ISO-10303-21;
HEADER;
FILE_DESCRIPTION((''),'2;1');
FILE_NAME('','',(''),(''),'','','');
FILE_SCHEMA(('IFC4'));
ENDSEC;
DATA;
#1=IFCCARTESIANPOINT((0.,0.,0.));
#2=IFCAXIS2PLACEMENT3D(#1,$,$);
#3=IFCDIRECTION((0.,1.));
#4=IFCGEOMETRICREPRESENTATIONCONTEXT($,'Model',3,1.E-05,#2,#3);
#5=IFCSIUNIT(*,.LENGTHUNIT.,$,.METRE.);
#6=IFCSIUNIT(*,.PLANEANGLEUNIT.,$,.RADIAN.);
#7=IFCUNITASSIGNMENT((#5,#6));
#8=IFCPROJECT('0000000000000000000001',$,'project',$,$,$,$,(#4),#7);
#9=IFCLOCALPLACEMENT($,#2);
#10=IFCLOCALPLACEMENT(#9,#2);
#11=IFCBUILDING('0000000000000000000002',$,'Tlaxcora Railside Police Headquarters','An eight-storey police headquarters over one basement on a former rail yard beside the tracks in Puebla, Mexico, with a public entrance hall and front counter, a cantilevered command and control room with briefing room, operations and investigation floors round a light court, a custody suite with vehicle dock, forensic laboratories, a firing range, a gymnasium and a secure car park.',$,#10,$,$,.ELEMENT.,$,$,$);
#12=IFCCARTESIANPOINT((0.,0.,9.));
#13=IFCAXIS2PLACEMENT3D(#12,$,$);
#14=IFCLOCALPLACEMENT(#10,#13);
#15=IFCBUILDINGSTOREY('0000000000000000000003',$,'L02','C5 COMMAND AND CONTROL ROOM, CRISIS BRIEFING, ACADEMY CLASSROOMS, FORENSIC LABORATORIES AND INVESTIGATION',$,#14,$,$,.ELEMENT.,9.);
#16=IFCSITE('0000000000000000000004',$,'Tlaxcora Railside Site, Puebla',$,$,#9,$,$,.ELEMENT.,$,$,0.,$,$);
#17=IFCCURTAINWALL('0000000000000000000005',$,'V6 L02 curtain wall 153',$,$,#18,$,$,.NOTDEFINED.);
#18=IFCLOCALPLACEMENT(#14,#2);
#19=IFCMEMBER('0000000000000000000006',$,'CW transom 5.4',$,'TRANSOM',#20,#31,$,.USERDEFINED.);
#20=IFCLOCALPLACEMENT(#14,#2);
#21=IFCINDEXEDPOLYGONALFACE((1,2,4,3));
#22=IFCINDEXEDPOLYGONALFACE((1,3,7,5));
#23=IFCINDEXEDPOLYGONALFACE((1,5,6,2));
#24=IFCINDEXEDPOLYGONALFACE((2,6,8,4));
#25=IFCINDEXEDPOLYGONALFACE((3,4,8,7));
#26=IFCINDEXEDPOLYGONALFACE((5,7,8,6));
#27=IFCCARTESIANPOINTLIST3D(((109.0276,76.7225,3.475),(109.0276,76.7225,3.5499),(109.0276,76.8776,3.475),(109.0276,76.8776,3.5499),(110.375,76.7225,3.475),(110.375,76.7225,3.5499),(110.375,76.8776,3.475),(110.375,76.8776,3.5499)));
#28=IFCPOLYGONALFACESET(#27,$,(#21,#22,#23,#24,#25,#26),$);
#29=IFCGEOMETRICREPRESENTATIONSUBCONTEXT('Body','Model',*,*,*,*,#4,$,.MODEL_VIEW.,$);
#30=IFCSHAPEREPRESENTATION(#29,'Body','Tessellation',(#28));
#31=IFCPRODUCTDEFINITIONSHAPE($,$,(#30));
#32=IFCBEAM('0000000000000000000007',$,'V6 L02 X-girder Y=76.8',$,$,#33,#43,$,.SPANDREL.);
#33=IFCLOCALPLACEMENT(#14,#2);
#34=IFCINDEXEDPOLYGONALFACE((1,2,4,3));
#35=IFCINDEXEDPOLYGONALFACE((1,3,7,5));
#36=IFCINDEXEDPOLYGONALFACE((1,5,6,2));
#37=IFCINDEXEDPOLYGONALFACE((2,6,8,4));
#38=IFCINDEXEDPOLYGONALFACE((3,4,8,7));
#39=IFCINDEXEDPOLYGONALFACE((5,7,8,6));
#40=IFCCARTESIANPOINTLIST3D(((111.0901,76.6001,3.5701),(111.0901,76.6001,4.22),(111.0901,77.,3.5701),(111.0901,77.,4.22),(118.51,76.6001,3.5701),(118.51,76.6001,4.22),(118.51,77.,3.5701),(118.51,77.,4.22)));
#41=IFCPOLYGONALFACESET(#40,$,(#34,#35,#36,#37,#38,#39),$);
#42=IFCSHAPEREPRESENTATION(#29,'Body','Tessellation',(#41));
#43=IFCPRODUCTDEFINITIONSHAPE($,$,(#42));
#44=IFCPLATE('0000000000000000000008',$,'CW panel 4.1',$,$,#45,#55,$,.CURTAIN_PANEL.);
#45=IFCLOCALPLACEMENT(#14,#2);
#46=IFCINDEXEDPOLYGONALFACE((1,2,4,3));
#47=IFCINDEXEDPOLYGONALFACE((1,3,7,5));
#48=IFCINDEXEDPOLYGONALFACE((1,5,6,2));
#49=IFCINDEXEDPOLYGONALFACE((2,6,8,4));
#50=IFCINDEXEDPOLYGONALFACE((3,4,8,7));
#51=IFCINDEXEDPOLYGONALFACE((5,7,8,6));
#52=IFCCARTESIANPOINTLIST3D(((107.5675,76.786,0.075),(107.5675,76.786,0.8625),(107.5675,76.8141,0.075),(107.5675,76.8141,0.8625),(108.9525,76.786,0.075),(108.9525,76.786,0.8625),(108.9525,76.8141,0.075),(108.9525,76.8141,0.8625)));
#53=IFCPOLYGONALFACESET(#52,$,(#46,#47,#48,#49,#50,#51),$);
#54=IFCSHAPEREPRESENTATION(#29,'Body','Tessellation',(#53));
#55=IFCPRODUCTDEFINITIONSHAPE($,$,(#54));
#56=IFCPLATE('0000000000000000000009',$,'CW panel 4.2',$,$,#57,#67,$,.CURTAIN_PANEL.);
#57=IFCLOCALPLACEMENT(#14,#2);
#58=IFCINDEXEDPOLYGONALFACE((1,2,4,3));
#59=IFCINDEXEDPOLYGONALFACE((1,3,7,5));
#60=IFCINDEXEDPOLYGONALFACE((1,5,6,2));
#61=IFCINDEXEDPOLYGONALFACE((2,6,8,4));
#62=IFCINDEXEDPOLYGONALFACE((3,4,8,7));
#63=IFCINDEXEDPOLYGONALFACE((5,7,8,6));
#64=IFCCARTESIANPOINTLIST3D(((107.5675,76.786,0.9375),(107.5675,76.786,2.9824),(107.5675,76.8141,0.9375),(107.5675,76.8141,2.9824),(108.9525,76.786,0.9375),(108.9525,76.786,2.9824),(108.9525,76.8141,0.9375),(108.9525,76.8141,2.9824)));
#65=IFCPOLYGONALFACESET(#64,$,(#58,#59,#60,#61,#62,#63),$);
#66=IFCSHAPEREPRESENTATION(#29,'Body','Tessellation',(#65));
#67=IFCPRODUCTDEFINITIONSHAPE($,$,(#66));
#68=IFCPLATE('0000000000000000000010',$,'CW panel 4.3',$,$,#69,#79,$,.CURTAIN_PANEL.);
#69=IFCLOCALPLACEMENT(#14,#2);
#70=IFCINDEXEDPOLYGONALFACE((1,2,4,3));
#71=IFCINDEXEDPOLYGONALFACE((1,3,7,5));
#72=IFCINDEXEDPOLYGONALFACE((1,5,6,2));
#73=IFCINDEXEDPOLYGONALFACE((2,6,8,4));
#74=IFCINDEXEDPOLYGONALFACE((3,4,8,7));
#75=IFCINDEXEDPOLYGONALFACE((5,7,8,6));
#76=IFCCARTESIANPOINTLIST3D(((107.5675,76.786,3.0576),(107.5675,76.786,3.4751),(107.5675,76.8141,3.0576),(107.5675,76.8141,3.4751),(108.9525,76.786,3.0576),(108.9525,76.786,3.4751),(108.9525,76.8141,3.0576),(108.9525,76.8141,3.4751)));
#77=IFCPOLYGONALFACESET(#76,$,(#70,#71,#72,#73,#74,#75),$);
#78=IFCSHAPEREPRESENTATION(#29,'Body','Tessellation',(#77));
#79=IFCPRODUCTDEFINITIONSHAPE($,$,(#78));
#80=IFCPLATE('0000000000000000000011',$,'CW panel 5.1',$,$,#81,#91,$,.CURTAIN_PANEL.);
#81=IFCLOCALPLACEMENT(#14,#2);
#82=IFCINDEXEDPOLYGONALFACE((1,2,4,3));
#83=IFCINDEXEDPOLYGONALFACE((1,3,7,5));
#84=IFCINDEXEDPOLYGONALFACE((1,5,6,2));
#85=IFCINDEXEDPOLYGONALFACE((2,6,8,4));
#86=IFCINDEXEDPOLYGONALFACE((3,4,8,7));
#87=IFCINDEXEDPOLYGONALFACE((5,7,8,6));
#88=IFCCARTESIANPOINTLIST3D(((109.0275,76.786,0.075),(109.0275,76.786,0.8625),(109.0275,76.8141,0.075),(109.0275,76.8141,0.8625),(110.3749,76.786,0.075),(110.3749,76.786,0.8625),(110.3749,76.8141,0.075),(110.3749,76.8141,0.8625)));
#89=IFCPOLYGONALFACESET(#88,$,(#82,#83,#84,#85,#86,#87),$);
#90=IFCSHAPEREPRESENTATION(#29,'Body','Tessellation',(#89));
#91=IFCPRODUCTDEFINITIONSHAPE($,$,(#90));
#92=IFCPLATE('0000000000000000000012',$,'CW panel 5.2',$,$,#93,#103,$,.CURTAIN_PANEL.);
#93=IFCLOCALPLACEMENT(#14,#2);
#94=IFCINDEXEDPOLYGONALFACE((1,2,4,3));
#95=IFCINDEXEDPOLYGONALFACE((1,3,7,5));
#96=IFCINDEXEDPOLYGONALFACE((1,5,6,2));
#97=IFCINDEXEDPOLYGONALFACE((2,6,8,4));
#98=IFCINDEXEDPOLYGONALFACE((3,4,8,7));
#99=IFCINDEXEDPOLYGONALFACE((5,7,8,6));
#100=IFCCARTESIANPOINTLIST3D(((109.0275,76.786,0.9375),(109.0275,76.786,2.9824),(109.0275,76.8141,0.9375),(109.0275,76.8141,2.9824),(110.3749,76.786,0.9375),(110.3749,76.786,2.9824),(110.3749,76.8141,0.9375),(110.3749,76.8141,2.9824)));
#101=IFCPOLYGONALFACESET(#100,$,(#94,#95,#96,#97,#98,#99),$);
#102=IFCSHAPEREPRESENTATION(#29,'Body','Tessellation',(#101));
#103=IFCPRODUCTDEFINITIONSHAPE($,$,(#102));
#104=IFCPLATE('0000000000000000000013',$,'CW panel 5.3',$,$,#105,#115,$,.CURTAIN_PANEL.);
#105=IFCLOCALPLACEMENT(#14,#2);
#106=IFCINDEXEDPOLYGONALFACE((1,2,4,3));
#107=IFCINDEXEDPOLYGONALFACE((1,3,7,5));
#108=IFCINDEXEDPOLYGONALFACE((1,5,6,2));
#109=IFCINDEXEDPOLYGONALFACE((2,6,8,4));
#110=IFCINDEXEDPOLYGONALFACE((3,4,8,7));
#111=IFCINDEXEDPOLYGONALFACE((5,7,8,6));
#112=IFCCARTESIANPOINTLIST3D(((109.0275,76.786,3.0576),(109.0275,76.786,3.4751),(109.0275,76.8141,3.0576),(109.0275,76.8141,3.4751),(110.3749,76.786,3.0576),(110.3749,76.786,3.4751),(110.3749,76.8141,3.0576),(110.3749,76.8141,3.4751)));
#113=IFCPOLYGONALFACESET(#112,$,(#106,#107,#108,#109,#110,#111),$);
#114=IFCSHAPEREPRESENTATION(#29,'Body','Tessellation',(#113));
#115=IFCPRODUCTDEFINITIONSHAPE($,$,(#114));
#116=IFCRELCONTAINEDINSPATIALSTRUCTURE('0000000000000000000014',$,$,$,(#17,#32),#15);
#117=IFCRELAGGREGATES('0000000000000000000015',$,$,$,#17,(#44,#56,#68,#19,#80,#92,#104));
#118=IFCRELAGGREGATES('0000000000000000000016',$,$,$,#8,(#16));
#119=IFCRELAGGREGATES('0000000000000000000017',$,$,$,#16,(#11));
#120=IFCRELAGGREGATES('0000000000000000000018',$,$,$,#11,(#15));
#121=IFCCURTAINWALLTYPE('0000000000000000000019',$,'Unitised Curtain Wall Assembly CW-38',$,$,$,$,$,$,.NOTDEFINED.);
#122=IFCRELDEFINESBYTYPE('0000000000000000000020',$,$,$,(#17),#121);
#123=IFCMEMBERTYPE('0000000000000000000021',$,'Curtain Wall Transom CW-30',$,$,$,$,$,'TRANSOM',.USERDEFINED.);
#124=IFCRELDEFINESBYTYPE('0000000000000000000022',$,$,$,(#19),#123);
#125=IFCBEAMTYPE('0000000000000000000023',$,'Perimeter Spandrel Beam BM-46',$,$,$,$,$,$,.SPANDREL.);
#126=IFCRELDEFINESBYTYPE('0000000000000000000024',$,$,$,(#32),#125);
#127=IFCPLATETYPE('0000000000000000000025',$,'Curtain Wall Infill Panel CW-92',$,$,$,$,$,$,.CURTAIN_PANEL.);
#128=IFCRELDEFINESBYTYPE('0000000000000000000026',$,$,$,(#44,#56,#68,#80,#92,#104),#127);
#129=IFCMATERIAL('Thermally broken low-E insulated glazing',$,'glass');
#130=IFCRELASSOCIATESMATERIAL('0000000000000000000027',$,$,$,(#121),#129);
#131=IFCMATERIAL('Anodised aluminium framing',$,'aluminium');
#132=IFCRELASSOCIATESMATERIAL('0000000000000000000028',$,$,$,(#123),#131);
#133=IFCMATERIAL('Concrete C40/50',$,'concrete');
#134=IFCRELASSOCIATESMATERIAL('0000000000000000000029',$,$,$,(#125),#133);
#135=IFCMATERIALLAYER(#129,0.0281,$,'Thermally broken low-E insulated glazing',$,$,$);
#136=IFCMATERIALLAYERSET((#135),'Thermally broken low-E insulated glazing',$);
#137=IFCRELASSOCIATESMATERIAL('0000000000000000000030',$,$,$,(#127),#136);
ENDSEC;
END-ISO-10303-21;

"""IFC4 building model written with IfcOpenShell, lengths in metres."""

from ifc_helpers import new_model, si_unit, direction, frame, origin, origin_2d, place, context, subcontext, project, spatial, rectangle, extrude, material, layer, layer_set, material_profile, profile_set, type_object, element, aggregate, save


model = new_model("IFC4")

# Units and contexts
model_context = context("Model", 3, precision=1e-05, world=origin(), true_north=direction((0.0, 1.0)))
body_context = subcontext(model_context, "Body", "Model", "MODEL_VIEW")
ifc_project = project(units=[si_unit("LENGTHUNIT", "METRE"), si_unit("PLANEANGLEUNIT", "RADIAN")], contexts=[model_context])

# Site, building, storey
site_placement = place(None, origin())
site = spatial("IfcSite", under=ifc_project, at=site_placement, Name="Tlaxcora Railside Site, Puebla", CompositionType="ELEMENT", RefElevation=0.0)
building_placement = place(site_placement, origin())
building = spatial("IfcBuilding", under=site, at=building_placement, Name="Tlaxcora Railside Police Headquarters", Description="An eight-storey police headquarters over one basement on a former rail yard beside the tracks in Puebla, Mexico, with a public entrance hall and front counter, a cantilevered command and control room with briefing room, operations and investigation floors round a light court, a custody suite with vehicle dock, forensic laboratories, a firing range, a gymnasium and a secure car park.", CompositionType="ELEMENT")
storey_placement = place(building_placement, frame((0.0, 0.0, 9.0)))
storey = spatial("IfcBuildingStorey", under=building, at=storey_placement, Name="L02", Description="C5 COMMAND AND CONTROL ROOM, CRISIS BRIEFING, ACADEMY CLASSROOMS, FORENSIC LABORATORIES AND INVESTIGATION", CompositionType="ELEMENT", Elevation=9.0)

# Shared definitions
ifc_material_1 = material(Name="Concrete C40/50", Category="concrete")

# Curtain wall
ifc_material_2 = material(Name="Thermally broken low-E insulated glazing", Category="glass")
curtain_wall_type_1 = type_object("IfcCurtainWallType", Name="Unitised Curtain Wall Assembly CW-38", PredefinedType="NOTDEFINED", material=ifc_material_2)
curtain_wall_1_placement = place(storey_placement, origin())
curtain_wall_1 = element("IfcCurtainWall", 1, at=curtain_wall_1_placement, inside=storey, type_object=curtain_wall_type_1, Name="V6 L02 curtain wall 153", PredefinedType="NOTDEFINED")
ifc_material_3 = material(Name="Anodised aluminium framing", Category="aluminium")

# Member
ifc_material_profile_1 = material_profile(ifc_material_3, rectangle(XDim=0.155, YDim=0.075, at=origin_2d()), Name="AL75X155")
ifc_profile_set_1 = profile_set([ifc_material_profile_1], Name="Anodised aluminium framing")
member_type_1 = type_object("IfcMemberType", Name="Curtain Wall Transom CW-30", ElementType="TRANSOM", PredefinedType="USERDEFINED", material=ifc_profile_set_1)
member_1_placement = place(storey_placement, frame((109.0276, 76.8, 3.5125), z_axis=(1.0, 0.0, 0.0), x_axis=(0.0, 1.0, 0.0)))
member_1 = element("IfcMember", 2, at=member_1_placement, type_object=member_type_1, Name="CW transom 5.4", ObjectType="TRANSOM", PredefinedType="USERDEFINED", context=body_context, shape_type="SweptSolid", body=[
    extrude(rectangle(XDim=0.155, YDim=0.075, at=origin_2d()), origin(), (0.0, 0.0, 1.0), 1.3474),
])

# Beam
ifc_material_profile_2 = material_profile(ifc_material_1, rectangle(XDim=0.3999, YDim=0.6499, at=origin_2d()), Name="RC400X650")
ifc_profile_set_2 = profile_set([ifc_material_profile_2], Name="Concrete C40/50")
beam_type = type_object("IfcBeamType", Name="Perimeter Spandrel Beam BM-46", PredefinedType="SPANDREL", material=ifc_profile_set_2)
beam_placement = place(storey_placement, frame((111.0901, 76.8, 3.895), z_axis=(1.0, 0.0, 0.0), x_axis=(0.0, 1.0, 0.0)))
element("IfcBeam", 3, at=beam_placement, inside=storey, type_object=beam_type, Name="V6 L02 X-girder Y=76.8", PredefinedType="SPANDREL", context=body_context, shape_type="SweptSolid", body=[
    extrude(rectangle(XDim=0.3999, YDim=0.6499, at=origin_2d()), origin(), (0.0, 0.0, 1.0), 7.4199),
])

# Plates
ifc_layer = layer(ifc_material_2, 0.0281, Name="Thermally broken low-E insulated glazing")
ifc_layer_set = layer_set([ifc_layer], Name="Thermally broken low-E insulated glazing")
plate_type = type_object("IfcPlateType", Name="Curtain Wall Infill Panel CW-92", PredefinedType="CURTAIN_PANEL", material=ifc_layer_set)
plate_1_placement = place(storey_placement, frame((108.26, 76.8, 0.075), z_axis=(0.0, 0.0, 1.0), x_axis=(1.0, 0.0, 0.0)))
plate_1 = element("IfcPlate", 4, at=plate_1_placement, type_object=plate_type, Name="CW panel 4.1", PredefinedType="CURTAIN_PANEL", context=body_context, shape_type="SweptSolid", body=[
    extrude(rectangle(XDim=1.385, YDim=0.0281, at=origin_2d()), origin(), (0.0, 0.0, 1.0), 0.7876),
])
plate_2_placement = place(storey_placement, frame((108.26, 76.8, 0.9375), z_axis=(0.0, 0.0, 1.0), x_axis=(1.0, 0.0, 0.0)))
plate_2 = element("IfcPlate", 5, at=plate_2_placement, type_object=plate_type, Name="CW panel 4.2", PredefinedType="CURTAIN_PANEL", context=body_context, shape_type="SweptSolid", body=[
    extrude(rectangle(XDim=1.385, YDim=0.0281, at=origin_2d()), origin(), (0.0, 0.0, 1.0), 2.0449),
])
plate_3_placement = place(storey_placement, frame((108.26, 76.8, 3.0576), z_axis=(0.0, 0.0, 1.0), x_axis=(1.0, 0.0, 0.0)))
plate_3 = element("IfcPlate", 6, at=plate_3_placement, type_object=plate_type, Name="CW panel 4.3", PredefinedType="CURTAIN_PANEL", context=body_context, shape_type="SweptSolid", body=[
    extrude(rectangle(XDim=1.385, YDim=0.0281, at=origin_2d()), origin(), (0.0, 0.0, 1.0), 0.4175),
])
plate_4_placement = place(storey_placement, frame((109.7012, 76.8, 0.075), z_axis=(0.0, 0.0, 1.0), x_axis=(1.0, 0.0, 0.0)))
plate_4 = element("IfcPlate", 7, at=plate_4_placement, type_object=plate_type, Name="CW panel 5.1", PredefinedType="CURTAIN_PANEL", context=body_context, shape_type="SweptSolid", body=[
    extrude(rectangle(XDim=1.3474, YDim=0.0281, at=origin_2d()), origin(), (0.0, 0.0, 1.0), 0.7876),
])
plate_5_placement = place(storey_placement, frame((109.7012, 76.8, 0.9375), z_axis=(0.0, 0.0, 1.0), x_axis=(1.0, 0.0, 0.0)))
plate_5 = element("IfcPlate", 8, at=plate_5_placement, type_object=plate_type, Name="CW panel 5.2", PredefinedType="CURTAIN_PANEL", context=body_context, shape_type="SweptSolid", body=[
    extrude(rectangle(XDim=1.3474, YDim=0.0281, at=origin_2d()), origin(), (0.0, 0.0, 1.0), 2.0449),
])
plate_6_placement = place(storey_placement, frame((109.7012, 76.8, 3.0576), z_axis=(0.0, 0.0, 1.0), x_axis=(1.0, 0.0, 0.0)))
plate_6 = element("IfcPlate", 9, at=plate_6_placement, type_object=plate_type, Name="CW panel 5.3", PredefinedType="CURTAIN_PANEL", context=body_context, shape_type="SweptSolid", body=[
    extrude(rectangle(XDim=1.3474, YDim=0.0281, at=origin_2d()), origin(), (0.0, 0.0, 1.0), 0.4175),
])
aggregate(curtain_wall_1, [plate_1, plate_2, plate_3, member_1, plate_4, plate_5, plate_6])

save(model, "model.ifc")
